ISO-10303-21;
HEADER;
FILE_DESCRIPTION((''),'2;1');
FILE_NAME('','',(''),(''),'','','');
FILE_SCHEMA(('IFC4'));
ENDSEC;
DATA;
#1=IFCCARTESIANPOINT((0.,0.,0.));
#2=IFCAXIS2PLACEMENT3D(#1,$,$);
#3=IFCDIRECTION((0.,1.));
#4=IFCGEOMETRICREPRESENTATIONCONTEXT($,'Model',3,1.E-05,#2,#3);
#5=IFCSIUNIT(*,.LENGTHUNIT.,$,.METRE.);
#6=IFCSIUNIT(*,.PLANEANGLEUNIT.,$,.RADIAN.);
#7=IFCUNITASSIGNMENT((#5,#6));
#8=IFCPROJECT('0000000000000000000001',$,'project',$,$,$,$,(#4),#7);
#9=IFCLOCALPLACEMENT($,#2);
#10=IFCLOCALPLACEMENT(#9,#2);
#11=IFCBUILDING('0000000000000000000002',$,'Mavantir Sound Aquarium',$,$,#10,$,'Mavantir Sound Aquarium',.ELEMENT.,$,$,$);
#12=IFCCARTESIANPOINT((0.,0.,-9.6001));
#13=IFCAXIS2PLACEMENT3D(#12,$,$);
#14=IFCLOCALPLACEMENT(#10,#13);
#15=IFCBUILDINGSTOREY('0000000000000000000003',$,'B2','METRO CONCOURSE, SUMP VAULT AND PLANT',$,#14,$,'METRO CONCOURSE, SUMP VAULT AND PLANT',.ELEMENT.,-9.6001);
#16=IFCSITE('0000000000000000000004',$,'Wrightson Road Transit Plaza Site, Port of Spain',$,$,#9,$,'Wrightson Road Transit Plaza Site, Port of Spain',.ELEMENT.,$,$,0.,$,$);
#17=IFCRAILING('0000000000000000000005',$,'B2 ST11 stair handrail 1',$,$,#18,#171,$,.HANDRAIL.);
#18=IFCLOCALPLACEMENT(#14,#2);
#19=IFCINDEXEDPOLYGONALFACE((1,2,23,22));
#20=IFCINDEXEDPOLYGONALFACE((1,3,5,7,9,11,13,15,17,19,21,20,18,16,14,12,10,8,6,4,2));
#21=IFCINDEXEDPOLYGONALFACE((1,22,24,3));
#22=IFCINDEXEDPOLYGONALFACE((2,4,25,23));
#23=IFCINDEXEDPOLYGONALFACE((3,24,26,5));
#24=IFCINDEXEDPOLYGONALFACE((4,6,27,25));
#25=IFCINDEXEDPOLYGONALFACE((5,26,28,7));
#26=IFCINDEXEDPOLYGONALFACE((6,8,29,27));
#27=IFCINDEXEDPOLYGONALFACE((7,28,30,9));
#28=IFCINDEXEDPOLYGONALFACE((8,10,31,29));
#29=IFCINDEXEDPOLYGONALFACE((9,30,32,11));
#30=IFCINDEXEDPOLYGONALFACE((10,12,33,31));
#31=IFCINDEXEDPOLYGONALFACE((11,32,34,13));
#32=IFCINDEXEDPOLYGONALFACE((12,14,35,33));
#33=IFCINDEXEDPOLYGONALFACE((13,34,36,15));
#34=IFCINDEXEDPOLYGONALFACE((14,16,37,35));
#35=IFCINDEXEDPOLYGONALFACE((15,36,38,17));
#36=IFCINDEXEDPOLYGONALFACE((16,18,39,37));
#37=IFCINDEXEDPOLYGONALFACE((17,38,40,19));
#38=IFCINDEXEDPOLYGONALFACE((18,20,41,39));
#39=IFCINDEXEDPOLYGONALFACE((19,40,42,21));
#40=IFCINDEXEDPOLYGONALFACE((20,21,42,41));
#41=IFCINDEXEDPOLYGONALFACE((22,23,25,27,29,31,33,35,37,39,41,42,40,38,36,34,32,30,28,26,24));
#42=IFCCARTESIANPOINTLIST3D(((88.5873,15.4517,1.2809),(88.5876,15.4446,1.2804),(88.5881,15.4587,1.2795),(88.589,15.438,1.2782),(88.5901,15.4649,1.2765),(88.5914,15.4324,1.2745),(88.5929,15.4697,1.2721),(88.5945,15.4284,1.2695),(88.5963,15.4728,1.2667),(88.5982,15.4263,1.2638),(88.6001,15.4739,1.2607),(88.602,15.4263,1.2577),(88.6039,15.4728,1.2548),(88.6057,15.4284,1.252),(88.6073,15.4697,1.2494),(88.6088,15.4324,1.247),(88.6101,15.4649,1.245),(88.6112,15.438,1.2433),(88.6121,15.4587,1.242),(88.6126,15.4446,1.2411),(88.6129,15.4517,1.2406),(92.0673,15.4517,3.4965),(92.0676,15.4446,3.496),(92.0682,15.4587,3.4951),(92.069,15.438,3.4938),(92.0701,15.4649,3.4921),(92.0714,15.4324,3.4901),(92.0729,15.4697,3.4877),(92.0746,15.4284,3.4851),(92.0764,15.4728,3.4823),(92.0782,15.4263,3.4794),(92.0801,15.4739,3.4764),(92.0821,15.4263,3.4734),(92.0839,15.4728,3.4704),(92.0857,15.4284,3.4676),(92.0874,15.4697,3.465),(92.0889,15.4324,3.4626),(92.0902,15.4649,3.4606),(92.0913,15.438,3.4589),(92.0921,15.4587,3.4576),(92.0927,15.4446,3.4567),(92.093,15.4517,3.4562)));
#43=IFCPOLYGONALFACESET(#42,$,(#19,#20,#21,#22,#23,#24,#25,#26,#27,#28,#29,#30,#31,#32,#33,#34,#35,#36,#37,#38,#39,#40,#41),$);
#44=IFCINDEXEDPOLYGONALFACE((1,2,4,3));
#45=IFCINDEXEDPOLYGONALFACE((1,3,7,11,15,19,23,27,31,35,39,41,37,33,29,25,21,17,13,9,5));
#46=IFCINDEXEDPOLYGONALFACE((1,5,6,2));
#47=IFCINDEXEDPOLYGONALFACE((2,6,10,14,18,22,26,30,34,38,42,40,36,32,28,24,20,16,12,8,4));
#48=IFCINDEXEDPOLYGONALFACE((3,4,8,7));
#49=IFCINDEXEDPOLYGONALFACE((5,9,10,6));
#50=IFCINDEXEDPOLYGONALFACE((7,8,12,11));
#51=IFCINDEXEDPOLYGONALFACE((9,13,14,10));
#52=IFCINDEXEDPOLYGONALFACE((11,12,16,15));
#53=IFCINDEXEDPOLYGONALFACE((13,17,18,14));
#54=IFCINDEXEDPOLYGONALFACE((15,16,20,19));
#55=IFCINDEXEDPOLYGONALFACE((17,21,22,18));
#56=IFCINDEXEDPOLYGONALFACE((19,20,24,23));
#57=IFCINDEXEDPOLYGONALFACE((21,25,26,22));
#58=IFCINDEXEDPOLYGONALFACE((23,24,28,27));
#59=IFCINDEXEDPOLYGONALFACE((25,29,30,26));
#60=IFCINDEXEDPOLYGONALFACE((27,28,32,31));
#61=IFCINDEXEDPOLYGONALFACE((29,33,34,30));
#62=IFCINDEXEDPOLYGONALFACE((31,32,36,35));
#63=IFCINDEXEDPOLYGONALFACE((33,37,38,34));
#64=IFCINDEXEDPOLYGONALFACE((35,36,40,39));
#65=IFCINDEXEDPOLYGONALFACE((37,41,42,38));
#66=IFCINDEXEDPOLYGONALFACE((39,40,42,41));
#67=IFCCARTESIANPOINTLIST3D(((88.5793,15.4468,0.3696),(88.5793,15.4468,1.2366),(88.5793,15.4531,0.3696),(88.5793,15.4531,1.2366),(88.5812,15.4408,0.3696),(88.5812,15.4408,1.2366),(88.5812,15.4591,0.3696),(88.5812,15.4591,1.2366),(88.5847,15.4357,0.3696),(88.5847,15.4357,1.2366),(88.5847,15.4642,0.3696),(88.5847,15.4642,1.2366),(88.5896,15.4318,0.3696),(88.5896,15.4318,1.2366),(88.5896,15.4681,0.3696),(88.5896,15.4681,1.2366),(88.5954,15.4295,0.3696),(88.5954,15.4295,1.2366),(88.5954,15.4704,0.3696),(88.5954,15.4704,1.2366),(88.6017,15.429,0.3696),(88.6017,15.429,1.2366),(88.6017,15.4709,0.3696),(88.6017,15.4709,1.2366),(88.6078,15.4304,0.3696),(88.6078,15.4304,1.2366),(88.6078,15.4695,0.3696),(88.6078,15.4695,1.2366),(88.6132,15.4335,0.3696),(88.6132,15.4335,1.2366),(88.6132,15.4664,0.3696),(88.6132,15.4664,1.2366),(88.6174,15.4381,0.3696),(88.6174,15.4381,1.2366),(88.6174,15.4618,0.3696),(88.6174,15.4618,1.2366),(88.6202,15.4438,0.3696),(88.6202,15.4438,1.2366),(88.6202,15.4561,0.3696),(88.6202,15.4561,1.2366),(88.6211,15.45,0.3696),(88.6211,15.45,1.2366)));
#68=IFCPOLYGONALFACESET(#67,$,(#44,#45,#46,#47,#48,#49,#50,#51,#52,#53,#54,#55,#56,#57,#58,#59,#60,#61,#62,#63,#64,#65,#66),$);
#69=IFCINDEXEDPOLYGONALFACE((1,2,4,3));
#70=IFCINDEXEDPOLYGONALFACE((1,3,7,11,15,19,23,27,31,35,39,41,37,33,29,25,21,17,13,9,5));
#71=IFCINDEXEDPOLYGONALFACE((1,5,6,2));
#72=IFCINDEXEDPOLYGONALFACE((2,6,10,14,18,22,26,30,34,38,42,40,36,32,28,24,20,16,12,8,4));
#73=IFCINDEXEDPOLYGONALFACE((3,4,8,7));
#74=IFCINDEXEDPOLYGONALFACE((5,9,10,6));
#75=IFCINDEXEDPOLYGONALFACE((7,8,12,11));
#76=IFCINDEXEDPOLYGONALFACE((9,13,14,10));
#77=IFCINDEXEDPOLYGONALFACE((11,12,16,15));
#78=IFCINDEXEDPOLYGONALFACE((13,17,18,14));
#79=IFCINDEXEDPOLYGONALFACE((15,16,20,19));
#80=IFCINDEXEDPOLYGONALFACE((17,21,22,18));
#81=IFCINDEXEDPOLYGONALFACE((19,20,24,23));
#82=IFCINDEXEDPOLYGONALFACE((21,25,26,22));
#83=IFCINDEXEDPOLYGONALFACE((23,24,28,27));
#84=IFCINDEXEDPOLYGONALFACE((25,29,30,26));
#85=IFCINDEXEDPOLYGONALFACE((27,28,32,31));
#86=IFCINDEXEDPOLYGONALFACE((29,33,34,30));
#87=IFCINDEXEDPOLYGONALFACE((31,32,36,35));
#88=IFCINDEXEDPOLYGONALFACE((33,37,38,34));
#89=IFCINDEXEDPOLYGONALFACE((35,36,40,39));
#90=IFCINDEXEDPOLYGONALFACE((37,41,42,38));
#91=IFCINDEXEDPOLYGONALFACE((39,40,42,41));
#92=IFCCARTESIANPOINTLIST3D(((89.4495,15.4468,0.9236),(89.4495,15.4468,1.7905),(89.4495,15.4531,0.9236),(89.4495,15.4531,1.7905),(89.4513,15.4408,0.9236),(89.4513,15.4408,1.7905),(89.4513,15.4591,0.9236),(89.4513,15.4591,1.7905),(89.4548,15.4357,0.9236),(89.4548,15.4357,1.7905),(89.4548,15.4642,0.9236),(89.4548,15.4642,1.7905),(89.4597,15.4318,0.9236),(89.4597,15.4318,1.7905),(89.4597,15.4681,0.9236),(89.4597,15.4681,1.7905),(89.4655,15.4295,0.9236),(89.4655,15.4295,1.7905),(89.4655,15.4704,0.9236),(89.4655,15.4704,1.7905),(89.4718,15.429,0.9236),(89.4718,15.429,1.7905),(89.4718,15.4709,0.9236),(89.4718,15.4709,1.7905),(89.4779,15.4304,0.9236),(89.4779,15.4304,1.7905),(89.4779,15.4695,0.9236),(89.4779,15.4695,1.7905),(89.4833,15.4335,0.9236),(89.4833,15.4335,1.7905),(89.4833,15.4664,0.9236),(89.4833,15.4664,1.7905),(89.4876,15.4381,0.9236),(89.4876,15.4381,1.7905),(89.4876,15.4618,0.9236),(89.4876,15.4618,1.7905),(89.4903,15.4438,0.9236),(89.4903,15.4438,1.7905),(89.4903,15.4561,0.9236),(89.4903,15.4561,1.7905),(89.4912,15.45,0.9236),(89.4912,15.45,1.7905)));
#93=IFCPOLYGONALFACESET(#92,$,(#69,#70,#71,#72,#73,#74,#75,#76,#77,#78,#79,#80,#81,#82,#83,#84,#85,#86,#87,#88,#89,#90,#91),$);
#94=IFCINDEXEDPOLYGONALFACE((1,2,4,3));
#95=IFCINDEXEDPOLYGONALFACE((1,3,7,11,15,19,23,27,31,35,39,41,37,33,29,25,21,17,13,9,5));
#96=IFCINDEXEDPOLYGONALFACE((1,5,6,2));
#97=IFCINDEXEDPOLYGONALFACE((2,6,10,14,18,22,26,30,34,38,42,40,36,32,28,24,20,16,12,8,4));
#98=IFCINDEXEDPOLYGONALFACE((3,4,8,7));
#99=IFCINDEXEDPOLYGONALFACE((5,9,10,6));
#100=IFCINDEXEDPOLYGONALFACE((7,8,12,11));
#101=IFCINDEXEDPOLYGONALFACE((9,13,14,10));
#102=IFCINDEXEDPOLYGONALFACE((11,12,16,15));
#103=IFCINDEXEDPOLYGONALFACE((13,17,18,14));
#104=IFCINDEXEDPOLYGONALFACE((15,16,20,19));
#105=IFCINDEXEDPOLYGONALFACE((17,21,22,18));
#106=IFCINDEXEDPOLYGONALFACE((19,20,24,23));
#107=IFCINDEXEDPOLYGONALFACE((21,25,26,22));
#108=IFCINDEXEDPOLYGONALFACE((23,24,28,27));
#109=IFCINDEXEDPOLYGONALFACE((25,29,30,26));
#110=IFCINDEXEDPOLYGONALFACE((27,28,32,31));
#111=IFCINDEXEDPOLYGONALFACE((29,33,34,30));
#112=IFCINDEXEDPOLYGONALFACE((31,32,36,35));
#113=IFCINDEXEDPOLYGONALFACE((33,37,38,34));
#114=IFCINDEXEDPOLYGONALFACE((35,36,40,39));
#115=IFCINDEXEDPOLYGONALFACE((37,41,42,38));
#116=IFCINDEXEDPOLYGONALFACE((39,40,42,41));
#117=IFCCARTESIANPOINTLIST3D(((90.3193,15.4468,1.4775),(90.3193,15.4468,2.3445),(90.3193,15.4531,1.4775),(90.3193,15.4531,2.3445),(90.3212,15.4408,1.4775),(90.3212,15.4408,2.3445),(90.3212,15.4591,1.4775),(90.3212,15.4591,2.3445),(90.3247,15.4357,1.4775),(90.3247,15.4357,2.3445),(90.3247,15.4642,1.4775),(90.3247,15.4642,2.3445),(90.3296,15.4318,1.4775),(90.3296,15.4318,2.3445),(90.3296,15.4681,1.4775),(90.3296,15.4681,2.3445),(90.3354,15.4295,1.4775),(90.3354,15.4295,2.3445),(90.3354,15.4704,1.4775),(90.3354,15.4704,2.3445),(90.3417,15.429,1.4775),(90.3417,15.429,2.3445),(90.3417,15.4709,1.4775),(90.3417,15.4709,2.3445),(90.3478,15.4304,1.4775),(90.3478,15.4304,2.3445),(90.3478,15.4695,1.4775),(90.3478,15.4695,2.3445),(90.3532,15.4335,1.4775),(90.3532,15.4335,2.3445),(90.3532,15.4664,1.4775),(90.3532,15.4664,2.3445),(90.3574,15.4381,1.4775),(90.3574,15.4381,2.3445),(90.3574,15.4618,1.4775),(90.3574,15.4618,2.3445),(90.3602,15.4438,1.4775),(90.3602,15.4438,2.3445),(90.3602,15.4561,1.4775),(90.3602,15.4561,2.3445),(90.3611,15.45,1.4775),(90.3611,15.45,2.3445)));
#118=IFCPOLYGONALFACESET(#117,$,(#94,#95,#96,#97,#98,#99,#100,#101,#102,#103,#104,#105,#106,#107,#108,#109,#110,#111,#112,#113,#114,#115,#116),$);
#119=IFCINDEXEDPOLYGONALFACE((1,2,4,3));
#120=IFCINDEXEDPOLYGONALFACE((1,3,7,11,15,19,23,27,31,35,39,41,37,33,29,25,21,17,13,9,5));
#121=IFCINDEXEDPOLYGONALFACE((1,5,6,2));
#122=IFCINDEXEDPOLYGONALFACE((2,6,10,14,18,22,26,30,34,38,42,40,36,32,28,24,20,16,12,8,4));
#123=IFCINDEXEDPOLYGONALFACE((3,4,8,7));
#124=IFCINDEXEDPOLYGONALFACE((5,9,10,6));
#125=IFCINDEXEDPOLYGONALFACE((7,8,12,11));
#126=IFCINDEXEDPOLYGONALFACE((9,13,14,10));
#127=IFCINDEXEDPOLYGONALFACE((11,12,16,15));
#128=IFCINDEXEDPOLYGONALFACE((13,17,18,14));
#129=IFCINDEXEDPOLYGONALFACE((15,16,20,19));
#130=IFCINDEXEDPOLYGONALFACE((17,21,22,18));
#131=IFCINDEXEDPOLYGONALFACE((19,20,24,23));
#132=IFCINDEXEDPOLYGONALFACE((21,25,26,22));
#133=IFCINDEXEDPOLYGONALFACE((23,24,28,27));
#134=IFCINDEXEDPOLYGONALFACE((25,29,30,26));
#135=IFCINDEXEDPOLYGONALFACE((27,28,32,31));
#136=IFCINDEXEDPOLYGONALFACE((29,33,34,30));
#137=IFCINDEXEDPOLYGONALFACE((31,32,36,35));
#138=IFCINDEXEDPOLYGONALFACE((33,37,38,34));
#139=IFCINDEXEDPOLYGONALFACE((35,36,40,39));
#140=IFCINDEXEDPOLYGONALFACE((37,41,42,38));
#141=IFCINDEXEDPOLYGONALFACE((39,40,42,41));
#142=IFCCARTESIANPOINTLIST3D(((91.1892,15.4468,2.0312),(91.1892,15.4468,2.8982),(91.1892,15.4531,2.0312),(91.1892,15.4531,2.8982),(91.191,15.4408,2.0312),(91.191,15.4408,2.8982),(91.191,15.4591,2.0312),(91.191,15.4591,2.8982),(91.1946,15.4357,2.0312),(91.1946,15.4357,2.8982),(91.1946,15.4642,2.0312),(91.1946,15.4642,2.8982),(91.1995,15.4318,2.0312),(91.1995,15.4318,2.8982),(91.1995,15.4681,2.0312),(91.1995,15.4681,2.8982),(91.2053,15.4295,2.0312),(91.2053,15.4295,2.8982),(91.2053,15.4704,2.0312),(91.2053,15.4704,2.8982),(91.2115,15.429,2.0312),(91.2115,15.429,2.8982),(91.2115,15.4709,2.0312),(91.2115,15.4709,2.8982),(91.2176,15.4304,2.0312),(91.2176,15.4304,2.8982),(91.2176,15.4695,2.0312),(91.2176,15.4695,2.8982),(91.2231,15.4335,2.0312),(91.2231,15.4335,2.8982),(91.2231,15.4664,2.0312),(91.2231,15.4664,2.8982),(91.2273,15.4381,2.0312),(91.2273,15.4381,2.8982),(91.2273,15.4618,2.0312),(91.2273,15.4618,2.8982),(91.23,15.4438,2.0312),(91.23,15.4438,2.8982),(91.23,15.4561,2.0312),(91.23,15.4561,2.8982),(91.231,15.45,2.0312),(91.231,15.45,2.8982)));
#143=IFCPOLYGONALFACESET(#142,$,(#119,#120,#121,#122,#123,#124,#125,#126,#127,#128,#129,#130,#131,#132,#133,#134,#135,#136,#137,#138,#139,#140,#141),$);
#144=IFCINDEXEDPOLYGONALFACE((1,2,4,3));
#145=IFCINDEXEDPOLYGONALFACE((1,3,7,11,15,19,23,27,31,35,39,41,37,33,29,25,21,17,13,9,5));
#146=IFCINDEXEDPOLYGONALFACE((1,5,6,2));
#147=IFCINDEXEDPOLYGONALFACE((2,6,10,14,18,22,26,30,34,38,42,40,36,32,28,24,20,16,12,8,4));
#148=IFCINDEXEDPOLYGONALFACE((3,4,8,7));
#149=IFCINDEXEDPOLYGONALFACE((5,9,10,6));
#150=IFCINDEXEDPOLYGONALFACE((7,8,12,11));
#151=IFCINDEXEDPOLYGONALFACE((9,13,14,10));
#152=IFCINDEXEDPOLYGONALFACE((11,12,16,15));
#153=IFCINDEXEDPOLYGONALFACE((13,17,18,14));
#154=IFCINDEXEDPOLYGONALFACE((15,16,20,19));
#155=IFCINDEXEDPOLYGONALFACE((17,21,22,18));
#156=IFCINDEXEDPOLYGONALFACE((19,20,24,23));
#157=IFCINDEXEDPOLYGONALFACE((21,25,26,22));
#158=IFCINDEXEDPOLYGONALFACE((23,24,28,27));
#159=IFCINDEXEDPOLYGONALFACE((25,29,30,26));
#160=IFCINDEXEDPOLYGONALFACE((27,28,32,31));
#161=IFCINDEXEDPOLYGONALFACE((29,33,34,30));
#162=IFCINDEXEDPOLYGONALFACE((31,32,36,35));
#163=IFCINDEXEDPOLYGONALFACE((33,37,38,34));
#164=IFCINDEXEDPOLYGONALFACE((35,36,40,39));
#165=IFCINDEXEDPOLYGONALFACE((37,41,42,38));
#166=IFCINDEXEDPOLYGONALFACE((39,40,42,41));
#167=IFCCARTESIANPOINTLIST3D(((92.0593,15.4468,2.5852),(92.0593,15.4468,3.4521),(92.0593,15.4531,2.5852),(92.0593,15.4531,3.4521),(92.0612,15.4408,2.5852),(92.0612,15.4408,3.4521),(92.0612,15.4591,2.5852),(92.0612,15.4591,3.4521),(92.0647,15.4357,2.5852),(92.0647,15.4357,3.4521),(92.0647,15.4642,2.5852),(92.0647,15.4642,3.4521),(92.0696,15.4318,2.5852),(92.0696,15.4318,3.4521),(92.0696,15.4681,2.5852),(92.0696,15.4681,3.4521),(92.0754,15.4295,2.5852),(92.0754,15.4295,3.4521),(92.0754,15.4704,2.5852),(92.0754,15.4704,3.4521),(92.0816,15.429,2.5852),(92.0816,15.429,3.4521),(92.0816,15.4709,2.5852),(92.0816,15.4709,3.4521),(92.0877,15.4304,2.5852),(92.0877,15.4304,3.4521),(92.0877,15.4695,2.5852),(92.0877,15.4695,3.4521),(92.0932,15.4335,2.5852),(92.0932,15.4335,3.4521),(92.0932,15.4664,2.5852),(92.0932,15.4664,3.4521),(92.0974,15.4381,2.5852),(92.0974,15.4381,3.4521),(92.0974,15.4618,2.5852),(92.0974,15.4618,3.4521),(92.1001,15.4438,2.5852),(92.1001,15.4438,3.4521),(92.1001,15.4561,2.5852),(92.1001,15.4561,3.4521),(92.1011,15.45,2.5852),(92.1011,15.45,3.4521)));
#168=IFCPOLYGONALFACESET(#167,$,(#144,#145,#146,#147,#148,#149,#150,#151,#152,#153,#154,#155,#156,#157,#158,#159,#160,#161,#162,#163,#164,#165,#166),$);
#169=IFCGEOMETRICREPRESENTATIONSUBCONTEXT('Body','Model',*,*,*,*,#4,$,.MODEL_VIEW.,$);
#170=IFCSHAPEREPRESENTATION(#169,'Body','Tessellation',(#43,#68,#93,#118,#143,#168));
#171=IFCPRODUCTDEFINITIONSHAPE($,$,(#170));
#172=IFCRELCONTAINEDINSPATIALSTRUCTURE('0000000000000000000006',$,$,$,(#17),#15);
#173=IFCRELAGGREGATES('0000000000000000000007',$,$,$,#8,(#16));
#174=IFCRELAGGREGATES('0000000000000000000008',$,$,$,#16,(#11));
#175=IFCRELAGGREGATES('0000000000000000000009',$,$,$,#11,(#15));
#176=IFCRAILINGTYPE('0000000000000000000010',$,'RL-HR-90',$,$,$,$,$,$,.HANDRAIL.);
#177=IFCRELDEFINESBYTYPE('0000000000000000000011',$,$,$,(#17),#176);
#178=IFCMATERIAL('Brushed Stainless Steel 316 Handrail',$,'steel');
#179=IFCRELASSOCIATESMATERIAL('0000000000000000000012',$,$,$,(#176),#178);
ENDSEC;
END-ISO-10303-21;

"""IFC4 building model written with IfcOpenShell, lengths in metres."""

from ifc_helpers import new_model, si_unit, direction, frame, origin, origin_2d, place, context, subcontext, project, spatial, circle, extrude, material, type_object, element, save


model = new_model("IFC4")

# Units and contexts
model_context = context("Model", 3, precision=1e-05, world=origin(), true_north=direction((0.0, 1.0)))
body_context = subcontext(model_context, "Body", "Model", "MODEL_VIEW")
ifc_project = project(units=[si_unit("LENGTHUNIT", "METRE"), si_unit("PLANEANGLEUNIT", "RADIAN")], contexts=[model_context])

# Site, building, storey
site_placement = place(None, origin())
site = spatial("IfcSite", under=ifc_project, at=site_placement, Name="Wrightson Road Transit Plaza Site, Port of Spain", LongName="Wrightson Road Transit Plaza Site, Port of Spain", CompositionType="ELEMENT", RefElevation=0.0)
building_placement = place(site_placement, origin())
building = spatial("IfcBuilding", under=site, at=building_placement, Name="Mavantir Sound Aquarium", LongName="Mavantir Sound Aquarium", CompositionType="ELEMENT")
storey_placement = place(building_placement, frame((0.0, 0.0, -9.6001)))
storey = spatial("IfcBuildingStorey", under=building, at=storey_placement, Name="B2", Description="METRO CONCOURSE, SUMP VAULT AND PLANT", LongName="METRO CONCOURSE, SUMP VAULT AND PLANT", CompositionType="ELEMENT", Elevation=-9.6001)

# Railing
ifc_material_1 = material(Name="Brushed Stainless Steel 316 Handrail", Category="steel")
railing_type_1 = type_object("IfcRailingType", Name="RL-HR-90", PredefinedType="HANDRAIL", material=ifc_material_1)
railing_1_placement = place(storey_placement, frame((88.6001, 15.45, 0.3696)))
element("IfcRailing", 1, at=railing_1_placement, inside=storey, type_object=railing_type_1, Name="B2 ST11 stair handrail 1", PredefinedType="HANDRAIL", context=body_context, shape_type="SweptSolid", body=[
    extrude(circle(Radius=0.0239, at=origin_2d()), frame((0.0, 0.0, 0.8911), z_axis=(0.843547, 0.0, 0.537055), x_axis=(0.0, 1.0, 0.0)), (0.0, 0.0, 1.0), 4.1255),
    extrude(circle(Radius=0.021, at=origin_2d()), origin(), (0.0, 0.0, 1.0), 0.8669),
    extrude(circle(Radius=0.021, at=origin_2d()), frame((0.8701, 0.0, 0.554)), (0.0, 0.0, 1.0), 0.8669),
    extrude(circle(Radius=0.021, at=origin_2d()), frame((1.74, 0.0, 1.1079)), (0.0, 0.0, 1.0), 0.8669),
    extrude(circle(Radius=0.021, at=origin_2d()), frame((2.6099, 0.0, 1.6616)), (0.0, 0.0, 1.0), 0.8669),
    extrude(circle(Radius=0.021, at=origin_2d()), frame((3.48, 0.0, 2.2156)), (0.0, 0.0, 1.0), 0.8669),
])

save(model, "model.ifc")
